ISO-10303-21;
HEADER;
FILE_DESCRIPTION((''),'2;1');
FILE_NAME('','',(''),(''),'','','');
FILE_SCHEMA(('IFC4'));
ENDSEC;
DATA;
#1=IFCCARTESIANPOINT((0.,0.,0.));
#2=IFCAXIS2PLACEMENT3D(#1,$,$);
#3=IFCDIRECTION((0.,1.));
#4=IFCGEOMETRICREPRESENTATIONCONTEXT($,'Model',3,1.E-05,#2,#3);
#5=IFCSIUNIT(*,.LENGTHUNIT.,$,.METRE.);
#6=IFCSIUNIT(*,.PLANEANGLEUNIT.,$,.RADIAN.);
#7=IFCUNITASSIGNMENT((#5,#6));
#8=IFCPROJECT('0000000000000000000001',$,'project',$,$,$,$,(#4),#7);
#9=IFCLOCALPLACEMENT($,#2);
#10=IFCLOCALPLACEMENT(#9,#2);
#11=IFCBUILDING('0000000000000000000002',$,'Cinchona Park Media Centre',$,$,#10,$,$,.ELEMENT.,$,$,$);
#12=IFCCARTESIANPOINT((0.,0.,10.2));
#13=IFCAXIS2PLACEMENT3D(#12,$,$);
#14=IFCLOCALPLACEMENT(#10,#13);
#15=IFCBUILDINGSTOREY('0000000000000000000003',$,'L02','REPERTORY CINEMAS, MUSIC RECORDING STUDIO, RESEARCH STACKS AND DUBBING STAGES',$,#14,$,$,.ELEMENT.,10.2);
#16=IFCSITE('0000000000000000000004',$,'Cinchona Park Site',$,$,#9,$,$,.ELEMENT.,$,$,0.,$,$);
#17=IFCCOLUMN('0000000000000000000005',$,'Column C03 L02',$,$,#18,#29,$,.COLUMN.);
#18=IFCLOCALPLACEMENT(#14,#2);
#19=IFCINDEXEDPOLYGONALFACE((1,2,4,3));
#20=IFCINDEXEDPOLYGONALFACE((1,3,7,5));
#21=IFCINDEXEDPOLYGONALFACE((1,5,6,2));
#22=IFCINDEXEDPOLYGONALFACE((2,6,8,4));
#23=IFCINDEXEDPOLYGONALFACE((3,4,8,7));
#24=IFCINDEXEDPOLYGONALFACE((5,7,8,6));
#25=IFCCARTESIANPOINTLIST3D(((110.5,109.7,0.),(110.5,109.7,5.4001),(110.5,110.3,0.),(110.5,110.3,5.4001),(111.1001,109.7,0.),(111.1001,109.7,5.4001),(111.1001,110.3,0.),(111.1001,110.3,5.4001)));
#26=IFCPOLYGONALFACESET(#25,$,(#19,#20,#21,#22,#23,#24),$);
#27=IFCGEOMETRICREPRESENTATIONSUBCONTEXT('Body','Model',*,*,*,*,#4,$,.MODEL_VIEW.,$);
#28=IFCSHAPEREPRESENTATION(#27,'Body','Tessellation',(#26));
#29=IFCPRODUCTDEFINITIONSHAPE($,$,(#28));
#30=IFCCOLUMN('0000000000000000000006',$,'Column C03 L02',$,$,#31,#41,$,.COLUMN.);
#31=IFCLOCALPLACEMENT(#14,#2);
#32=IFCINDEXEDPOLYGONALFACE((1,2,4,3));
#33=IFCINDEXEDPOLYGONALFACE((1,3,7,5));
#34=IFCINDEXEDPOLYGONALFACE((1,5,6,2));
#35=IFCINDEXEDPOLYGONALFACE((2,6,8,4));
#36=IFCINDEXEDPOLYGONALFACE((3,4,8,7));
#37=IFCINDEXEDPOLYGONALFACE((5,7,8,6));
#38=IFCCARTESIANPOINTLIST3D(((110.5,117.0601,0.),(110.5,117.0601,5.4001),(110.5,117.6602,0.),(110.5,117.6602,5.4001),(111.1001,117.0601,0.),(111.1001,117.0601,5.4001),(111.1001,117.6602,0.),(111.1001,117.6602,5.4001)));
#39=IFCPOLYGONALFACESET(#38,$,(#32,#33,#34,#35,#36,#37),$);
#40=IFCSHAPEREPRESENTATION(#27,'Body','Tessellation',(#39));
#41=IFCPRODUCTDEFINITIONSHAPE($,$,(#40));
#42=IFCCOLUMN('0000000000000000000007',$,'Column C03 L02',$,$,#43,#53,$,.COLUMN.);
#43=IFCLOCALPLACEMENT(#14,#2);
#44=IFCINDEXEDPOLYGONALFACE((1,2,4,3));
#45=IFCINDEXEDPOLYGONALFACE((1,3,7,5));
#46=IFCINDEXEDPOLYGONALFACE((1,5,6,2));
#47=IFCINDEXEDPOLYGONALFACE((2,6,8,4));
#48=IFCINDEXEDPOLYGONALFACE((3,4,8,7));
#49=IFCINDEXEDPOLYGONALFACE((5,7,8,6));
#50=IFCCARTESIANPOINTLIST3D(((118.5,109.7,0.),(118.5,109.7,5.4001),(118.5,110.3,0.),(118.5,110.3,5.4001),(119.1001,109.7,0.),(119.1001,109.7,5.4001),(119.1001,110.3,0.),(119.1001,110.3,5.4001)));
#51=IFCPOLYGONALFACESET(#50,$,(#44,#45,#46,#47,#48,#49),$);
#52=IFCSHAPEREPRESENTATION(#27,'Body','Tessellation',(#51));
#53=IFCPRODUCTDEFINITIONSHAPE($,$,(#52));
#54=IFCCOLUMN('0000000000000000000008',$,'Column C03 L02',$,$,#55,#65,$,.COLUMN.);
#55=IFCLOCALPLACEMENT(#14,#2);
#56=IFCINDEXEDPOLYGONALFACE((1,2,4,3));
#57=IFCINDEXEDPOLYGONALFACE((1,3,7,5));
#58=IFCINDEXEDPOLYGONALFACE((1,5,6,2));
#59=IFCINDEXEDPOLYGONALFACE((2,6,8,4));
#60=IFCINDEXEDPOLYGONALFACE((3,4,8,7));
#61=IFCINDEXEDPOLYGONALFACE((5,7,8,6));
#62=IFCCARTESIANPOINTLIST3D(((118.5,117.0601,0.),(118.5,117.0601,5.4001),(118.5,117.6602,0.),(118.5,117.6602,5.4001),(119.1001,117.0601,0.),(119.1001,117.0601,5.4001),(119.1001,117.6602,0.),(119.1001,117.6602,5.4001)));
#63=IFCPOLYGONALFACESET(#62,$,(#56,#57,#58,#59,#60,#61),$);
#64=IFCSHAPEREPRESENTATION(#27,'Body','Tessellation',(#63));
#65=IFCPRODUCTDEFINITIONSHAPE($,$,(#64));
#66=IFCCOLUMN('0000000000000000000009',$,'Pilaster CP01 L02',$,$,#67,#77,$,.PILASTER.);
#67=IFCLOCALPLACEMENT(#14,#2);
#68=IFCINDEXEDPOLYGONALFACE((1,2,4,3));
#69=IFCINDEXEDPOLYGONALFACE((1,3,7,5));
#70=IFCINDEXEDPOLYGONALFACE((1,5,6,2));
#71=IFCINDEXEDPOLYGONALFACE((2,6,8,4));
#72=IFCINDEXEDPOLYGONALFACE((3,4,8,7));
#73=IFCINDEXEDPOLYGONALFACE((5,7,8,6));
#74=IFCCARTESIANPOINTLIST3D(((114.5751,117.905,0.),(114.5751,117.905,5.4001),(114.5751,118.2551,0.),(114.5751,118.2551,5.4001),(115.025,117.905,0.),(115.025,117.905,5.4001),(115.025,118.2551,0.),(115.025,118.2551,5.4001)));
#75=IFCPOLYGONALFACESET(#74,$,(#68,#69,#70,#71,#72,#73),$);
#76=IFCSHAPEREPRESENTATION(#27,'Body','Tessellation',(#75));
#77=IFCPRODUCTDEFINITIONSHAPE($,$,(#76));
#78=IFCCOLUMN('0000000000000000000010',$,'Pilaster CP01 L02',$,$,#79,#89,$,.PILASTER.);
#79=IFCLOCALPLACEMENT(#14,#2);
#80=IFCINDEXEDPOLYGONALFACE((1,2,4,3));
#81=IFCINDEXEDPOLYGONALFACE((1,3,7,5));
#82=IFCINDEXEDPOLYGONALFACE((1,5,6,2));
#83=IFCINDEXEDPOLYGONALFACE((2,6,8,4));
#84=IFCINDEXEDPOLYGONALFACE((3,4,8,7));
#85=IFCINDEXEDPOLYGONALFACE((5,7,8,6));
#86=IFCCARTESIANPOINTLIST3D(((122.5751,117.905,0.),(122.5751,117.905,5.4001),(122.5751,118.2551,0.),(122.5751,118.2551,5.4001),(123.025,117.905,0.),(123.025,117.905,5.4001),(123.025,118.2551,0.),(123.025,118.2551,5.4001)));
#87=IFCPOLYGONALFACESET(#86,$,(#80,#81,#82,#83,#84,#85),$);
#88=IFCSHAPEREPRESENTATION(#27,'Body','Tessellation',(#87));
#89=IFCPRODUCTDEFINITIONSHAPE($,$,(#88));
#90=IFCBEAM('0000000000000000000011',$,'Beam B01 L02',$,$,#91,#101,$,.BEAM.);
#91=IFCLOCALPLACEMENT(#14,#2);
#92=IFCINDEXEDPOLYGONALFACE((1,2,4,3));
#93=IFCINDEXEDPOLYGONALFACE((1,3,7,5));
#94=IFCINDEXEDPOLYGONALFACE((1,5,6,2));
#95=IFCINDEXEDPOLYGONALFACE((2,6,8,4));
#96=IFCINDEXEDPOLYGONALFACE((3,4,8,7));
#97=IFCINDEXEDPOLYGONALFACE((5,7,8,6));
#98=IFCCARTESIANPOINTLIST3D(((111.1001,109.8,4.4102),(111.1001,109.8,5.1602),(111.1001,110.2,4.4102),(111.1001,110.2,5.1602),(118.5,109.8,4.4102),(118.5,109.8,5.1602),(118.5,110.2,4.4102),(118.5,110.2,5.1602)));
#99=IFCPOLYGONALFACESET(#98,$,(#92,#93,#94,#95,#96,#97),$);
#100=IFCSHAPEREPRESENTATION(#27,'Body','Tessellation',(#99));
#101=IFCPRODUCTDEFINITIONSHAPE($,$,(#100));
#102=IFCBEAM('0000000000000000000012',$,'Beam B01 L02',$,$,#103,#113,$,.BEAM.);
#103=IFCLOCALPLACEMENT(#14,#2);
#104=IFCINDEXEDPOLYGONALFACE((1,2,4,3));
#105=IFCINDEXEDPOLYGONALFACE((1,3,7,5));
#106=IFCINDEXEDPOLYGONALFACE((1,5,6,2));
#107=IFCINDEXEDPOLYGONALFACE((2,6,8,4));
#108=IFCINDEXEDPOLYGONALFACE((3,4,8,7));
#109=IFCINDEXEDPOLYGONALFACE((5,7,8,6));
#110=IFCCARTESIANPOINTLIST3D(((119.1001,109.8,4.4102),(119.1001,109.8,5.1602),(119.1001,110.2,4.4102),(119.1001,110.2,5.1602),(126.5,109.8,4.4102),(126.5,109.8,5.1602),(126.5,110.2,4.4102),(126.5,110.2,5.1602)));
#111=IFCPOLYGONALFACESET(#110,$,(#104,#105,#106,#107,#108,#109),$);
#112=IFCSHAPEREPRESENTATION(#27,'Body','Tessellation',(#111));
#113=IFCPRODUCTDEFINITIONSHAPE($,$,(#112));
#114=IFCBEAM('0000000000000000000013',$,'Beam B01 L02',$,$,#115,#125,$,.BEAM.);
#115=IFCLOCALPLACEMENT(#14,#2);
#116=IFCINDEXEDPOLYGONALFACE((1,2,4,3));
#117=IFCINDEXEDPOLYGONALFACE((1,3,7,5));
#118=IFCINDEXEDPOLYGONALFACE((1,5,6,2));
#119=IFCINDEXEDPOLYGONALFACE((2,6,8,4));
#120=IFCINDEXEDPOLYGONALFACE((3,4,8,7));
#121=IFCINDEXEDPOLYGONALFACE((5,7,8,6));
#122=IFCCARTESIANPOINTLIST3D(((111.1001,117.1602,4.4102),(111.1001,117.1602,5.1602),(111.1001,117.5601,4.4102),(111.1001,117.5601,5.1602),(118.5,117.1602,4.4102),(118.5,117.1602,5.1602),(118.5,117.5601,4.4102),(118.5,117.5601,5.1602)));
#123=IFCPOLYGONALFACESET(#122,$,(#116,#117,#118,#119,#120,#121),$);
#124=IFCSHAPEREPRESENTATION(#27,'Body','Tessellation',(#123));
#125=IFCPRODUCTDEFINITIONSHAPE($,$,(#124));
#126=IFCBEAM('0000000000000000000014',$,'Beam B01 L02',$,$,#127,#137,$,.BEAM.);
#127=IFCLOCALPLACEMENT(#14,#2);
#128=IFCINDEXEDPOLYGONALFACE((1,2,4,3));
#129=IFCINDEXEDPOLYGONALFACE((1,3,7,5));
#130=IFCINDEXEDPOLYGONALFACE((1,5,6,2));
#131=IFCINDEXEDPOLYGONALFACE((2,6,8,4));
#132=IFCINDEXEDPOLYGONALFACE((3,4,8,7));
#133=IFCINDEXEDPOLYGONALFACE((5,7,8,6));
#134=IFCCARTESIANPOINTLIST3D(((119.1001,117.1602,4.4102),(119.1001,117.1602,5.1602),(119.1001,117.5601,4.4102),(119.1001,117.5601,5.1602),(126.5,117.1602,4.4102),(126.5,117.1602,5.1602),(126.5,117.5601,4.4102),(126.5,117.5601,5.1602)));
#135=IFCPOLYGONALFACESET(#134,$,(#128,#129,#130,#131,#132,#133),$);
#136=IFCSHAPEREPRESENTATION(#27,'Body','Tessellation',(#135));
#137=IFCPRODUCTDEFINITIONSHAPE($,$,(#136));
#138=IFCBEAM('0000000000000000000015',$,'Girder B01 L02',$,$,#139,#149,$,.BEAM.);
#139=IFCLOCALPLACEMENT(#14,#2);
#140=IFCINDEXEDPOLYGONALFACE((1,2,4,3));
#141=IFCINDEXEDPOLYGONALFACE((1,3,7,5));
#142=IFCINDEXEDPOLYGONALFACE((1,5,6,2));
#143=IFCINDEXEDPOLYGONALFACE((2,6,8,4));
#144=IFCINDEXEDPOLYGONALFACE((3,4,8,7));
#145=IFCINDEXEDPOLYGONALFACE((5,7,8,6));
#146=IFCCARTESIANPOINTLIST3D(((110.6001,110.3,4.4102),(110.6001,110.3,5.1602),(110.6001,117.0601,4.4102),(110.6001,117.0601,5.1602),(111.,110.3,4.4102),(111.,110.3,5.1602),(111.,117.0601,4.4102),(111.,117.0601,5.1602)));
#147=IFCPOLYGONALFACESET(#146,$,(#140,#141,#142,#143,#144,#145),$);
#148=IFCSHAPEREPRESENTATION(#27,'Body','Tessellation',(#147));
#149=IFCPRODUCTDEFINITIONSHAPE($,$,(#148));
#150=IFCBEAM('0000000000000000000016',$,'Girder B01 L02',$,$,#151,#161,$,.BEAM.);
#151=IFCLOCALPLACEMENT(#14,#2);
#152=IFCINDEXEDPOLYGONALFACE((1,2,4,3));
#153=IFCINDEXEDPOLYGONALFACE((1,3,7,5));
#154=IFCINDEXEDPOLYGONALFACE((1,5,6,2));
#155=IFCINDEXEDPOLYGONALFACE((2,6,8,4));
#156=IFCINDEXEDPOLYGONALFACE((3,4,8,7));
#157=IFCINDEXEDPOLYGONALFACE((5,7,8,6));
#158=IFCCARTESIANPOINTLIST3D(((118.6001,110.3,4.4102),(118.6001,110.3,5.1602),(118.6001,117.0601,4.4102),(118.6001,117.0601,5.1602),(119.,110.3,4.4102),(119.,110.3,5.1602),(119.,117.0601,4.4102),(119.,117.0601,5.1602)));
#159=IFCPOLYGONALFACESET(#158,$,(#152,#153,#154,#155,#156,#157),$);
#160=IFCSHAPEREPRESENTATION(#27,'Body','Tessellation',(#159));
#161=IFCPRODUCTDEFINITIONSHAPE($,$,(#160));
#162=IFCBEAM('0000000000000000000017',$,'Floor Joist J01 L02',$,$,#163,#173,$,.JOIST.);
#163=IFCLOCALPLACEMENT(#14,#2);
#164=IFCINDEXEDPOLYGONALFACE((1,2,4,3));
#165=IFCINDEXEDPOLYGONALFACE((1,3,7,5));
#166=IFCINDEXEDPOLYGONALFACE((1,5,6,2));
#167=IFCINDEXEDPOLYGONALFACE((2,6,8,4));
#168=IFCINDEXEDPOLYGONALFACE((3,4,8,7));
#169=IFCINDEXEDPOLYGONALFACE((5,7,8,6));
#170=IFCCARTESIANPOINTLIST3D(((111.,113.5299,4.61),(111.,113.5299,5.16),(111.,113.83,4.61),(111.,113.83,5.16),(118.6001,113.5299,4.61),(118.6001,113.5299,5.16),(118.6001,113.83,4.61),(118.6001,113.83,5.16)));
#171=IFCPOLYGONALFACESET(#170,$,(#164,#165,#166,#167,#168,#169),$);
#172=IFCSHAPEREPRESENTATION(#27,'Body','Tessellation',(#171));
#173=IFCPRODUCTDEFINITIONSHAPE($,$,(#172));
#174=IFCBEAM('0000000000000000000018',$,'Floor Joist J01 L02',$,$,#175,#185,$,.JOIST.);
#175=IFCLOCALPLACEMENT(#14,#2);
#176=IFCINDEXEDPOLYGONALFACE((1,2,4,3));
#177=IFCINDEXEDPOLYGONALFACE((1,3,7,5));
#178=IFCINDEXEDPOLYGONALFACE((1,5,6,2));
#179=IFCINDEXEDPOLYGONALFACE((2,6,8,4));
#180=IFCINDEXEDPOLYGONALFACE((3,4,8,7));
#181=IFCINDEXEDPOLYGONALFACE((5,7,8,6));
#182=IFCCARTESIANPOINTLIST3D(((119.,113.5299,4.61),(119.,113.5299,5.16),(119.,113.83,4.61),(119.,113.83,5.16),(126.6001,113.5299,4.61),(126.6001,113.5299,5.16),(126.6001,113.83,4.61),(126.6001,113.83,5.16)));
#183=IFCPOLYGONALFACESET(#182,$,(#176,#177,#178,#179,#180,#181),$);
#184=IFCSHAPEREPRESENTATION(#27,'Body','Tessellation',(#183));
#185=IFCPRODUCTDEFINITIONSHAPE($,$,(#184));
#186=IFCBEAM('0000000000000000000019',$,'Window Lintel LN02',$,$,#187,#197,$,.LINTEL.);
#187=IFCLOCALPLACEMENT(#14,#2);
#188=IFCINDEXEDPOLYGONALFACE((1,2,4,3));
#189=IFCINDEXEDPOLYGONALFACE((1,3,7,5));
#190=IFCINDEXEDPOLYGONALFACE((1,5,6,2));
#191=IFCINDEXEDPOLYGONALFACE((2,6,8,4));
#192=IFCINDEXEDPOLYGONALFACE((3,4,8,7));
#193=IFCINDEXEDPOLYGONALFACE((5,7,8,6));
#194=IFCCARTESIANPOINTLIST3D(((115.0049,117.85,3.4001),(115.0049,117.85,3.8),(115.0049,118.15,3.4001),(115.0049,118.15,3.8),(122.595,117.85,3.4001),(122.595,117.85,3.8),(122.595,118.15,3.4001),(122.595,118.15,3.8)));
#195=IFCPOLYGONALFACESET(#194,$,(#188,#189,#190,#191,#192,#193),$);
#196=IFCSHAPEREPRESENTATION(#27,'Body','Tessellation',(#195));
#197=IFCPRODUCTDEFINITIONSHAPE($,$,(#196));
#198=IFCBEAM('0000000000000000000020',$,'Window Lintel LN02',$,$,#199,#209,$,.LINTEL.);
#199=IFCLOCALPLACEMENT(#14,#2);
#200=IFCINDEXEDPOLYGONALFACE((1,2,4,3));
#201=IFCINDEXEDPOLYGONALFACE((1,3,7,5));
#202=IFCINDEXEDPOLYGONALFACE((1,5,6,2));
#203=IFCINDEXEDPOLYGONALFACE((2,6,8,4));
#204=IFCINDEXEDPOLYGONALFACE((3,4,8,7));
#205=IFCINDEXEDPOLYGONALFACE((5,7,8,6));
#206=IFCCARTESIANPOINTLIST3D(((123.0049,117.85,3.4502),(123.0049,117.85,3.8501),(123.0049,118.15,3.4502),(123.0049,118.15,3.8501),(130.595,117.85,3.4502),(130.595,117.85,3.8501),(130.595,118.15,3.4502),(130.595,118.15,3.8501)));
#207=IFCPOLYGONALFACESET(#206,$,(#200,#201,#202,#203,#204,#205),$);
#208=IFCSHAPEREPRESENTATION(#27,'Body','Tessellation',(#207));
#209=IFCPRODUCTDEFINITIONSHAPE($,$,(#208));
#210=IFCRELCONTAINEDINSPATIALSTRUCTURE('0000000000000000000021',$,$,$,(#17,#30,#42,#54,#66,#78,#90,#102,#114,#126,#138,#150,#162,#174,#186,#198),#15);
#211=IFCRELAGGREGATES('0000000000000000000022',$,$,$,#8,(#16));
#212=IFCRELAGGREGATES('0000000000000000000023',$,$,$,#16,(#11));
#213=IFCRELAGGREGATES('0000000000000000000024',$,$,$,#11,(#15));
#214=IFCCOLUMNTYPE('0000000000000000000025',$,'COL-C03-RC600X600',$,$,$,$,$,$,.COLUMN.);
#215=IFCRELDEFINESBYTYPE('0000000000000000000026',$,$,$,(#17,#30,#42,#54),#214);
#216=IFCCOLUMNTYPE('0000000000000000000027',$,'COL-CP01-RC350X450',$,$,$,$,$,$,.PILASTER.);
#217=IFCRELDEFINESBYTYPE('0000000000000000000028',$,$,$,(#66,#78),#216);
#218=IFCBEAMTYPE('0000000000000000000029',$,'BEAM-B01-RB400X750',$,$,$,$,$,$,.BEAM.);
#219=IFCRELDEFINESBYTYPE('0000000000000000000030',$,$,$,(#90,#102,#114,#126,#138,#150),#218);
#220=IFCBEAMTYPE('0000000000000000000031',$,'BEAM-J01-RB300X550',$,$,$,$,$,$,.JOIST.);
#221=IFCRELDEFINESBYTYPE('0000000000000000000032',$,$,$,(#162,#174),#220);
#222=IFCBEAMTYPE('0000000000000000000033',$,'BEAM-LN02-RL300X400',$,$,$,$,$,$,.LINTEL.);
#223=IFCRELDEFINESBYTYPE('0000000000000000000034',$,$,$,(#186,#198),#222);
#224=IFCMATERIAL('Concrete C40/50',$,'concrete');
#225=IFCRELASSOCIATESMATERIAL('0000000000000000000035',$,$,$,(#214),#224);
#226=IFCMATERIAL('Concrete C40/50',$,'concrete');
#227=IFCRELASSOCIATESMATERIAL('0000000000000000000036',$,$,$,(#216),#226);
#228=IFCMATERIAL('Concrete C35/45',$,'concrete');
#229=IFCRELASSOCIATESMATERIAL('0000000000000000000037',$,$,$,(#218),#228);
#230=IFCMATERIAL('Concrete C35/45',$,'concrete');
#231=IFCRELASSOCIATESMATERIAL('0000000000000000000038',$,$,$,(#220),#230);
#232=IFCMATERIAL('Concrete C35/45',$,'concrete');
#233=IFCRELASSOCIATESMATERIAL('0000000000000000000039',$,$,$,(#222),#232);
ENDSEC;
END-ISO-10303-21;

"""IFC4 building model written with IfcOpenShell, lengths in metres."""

from ifc_helpers import new_model, si_unit, direction, frame, origin, origin_2d, place, context, subcontext, project, spatial, rectangle, extrude, material, material_profile, profile_set, type_object, element, save


model = new_model("IFC4")

# Units and contexts
model_context = context("Model", 3, precision=1e-05, world=origin(), true_north=direction((0.0, 1.0)))
body_context = subcontext(model_context, "Body", "Model", "MODEL_VIEW")
ifc_project = project(units=[si_unit("LENGTHUNIT", "METRE"), si_unit("PLANEANGLEUNIT", "RADIAN")], contexts=[model_context])

# Site, building, storey
site_placement = place(None, origin())
site = spatial("IfcSite", under=ifc_project, at=site_placement, Name="Cinchona Park Site", CompositionType="ELEMENT", RefElevation=0.0)
building_placement = place(site_placement, origin())
building = spatial("IfcBuilding", under=site, at=building_placement, Name="Cinchona Park Media Centre", CompositionType="ELEMENT")
storey_placement = place(building_placement, frame((0.0, 0.0, 10.2)))
storey = spatial("IfcBuildingStorey", under=building, at=storey_placement, Name="L02", Description="REPERTORY CINEMAS, MUSIC RECORDING STUDIO, RESEARCH STACKS AND DUBBING STAGES", CompositionType="ELEMENT", Elevation=10.2)

# Columns
ifc_material_1 = material(Name="Concrete C40/50", Category="concrete")
ifc_material_profile_1 = material_profile(ifc_material_1, rectangle(XDim=0.6001, YDim=0.6001, at=origin_2d()), Name="RC 600X600")
ifc_profile_set_1 = profile_set([ifc_material_profile_1], Name="Concrete C40/50")
column_type_1 = type_object("IfcColumnType", Name="COL-C03-RC600X600", PredefinedType="COLUMN", material=ifc_profile_set_1)
for number, where, z_axis, x_axis, name in (
    (1, (110.8, 110.0, 0.0), (0.0, 0.0, 1.0), (1.0, 0.0, 0.0), "Column C03 L02"),
    (2, (110.8, 117.3601, 0.0), (0.0, 0.0, 1.0), (1.0, 0.0, 0.0), "Column C03 L02"),
    (3, (118.8, 110.0, 0.0), (0.0, 0.0, 1.0), (1.0, 0.0, 0.0), "Column C03 L02"),
    (4, (118.8, 117.3601, 0.0), (0.0, 0.0, 1.0), (1.0, 0.0, 0.0), "Column C03 L02"),
):
    element("IfcColumn", number, at=place(storey_placement, frame(where, z_axis=z_axis, x_axis=x_axis)), inside=storey, type_object=column_type_1, Name=name, PredefinedType="COLUMN", context=body_context, shape_type="SweptSolid", body=[
        extrude(rectangle(XDim=0.6001, YDim=0.6001, at=origin_2d()), origin(), (0.0, 0.0, 1.0), 5.4001),
    ])
ifc_material_2 = material(Name="Concrete C40/50", Category="concrete")
ifc_material_profile_2 = material_profile(ifc_material_2, rectangle(XDim=0.3501, YDim=0.45, at=origin_2d()), Name="RC 350X450")
ifc_profile_set_2 = profile_set([ifc_material_profile_2], Name="Concrete C40/50")
column_type_2 = type_object("IfcColumnType", Name="COL-CP01-RC350X450", PredefinedType="PILASTER", material=ifc_profile_set_2)
for number, where, z_axis, x_axis, name in (
    (5, (114.8, 118.0801, 0.0), (0.0, 0.0, 1.0), (0.0, 1.0, 0.0), "Pilaster CP01 L02"),
    (6, (122.8, 118.0801, 0.0), (0.0, 0.0, 1.0), (0.0, 1.0, 0.0), "Pilaster CP01 L02"),
):
    element("IfcColumn", number, at=place(storey_placement, frame(where, z_axis=z_axis, x_axis=x_axis)), inside=storey, type_object=column_type_2, Name=name, PredefinedType="PILASTER", context=body_context, shape_type="SweptSolid", body=[
        extrude(rectangle(XDim=0.3501, YDim=0.45, at=origin_2d()), origin(), (0.0, 0.0, 1.0), 5.4001),
    ])

# Beams
ifc_material_3 = material(Name="Concrete C35/45", Category="concrete")
ifc_material_profile_3 = material_profile(ifc_material_3, rectangle(XDim=0.3999, YDim=0.75, at=origin_2d()), Name="RB 400X750")
ifc_profile_set_3 = profile_set([ifc_material_profile_3], Name="Concrete C35/45")
beam_type_1 = type_object("IfcBeamType", Name="BEAM-B01-RB400X750", PredefinedType="BEAM", material=ifc_profile_set_3)
for number, where, z_axis, x_axis, name in (
    (7, (111.1001, 110.0, 4.7852), (1.0, 0.0, 0.0), (0.0, 1.0, 0.0), "Beam B01 L02"),
    (8, (119.1001, 110.0, 4.7852), (1.0, 0.0, 0.0), (0.0, 1.0, 0.0), "Beam B01 L02"),
    (9, (111.1001, 117.3601, 4.7852), (1.0, 0.0, 0.0), (0.0, 1.0, 0.0), "Beam B01 L02"),
    (10, (119.1001, 117.3601, 4.7852), (1.0, 0.0, 0.0), (0.0, 1.0, 0.0), "Beam B01 L02"),
):
    element("IfcBeam", number, at=place(storey_placement, frame(where, z_axis=z_axis, x_axis=x_axis)), inside=storey, type_object=beam_type_1, Name=name, PredefinedType="BEAM", context=body_context, shape_type="SweptSolid", body=[
        extrude(rectangle(XDim=0.3999, YDim=0.75, at=origin_2d()), origin(), (0.0, 0.0, 1.0), 7.3999),
    ])
for number, where, z_axis, x_axis, name in (
    (11, (110.8, 110.3, 4.7852), (0.0, 1.0, 0.0), (-1.0, 0.0, 0.0), "Girder B01 L02"),
    (12, (118.8, 110.3, 4.7852), (0.0, 1.0, 0.0), (-1.0, 0.0, 0.0), "Girder B01 L02"),
):
    element("IfcBeam", number, at=place(storey_placement, frame(where, z_axis=z_axis, x_axis=x_axis)), inside=storey, type_object=beam_type_1, Name=name, PredefinedType="BEAM", context=body_context, shape_type="SweptSolid", body=[
        extrude(rectangle(XDim=0.3999, YDim=0.75, at=origin_2d()), origin(), (0.0, 0.0, 1.0), 6.76),
    ])
ifc_material_4 = material(Name="Concrete C35/45", Category="concrete")
ifc_material_profile_4 = material_profile(ifc_material_4, rectangle(XDim=0.3, YDim=0.55, at=origin_2d()), Name="RB 300X550")
ifc_profile_set_4 = profile_set([ifc_material_profile_4], Name="Concrete C35/45")
beam_type_2 = type_object("IfcBeamType", Name="BEAM-J01-RB300X550", PredefinedType="JOIST", material=ifc_profile_set_4)
for number, where, z_axis, x_axis, name in (
    (13, (111.0, 113.6799, 4.885), (1.0, 0.0, 0.0), (0.0, 1.0, 0.0), "Floor Joist J01 L02"),
    (14, (119.0, 113.6799, 4.885), (1.0, 0.0, 0.0), (0.0, 1.0, 0.0), "Floor Joist J01 L02"),
):
    element("IfcBeam", number, at=place(storey_placement, frame(where, z_axis=z_axis, x_axis=x_axis)), inside=storey, type_object=beam_type_2, Name=name, PredefinedType="JOIST", context=body_context, shape_type="SweptSolid", body=[
        extrude(rectangle(XDim=0.3, YDim=0.55, at=origin_2d()), origin(), (0.0, 0.0, 1.0), 7.6001),
    ])
ifc_material_5 = material(Name="Concrete C35/45", Category="concrete")
ifc_material_profile_5 = material_profile(ifc_material_5, rectangle(XDim=0.3, YDim=0.3999, at=origin_2d()), Name="RL 300X400")
ifc_profile_set_5 = profile_set([ifc_material_profile_5], Name="Concrete C35/45")
beam_type_3 = type_object("IfcBeamType", Name="BEAM-LN02-RL300X400", PredefinedType="LINTEL", material=ifc_profile_set_5)
for number, where, z_axis, x_axis, name in (
    (15, (115.0049, 118.0, 3.6001), (1.0, 0.0, 0.0), (0.0, 1.0, 0.0), "Window Lintel LN02"),
    (16, (123.0049, 118.0, 3.6501), (1.0, 0.0, 0.0), (0.0, 1.0, 0.0), "Window Lintel LN02"),
):
    element("IfcBeam", number, at=place(storey_placement, frame(where, z_axis=z_axis, x_axis=x_axis)), inside=storey, type_object=beam_type_3, Name=name, PredefinedType="LINTEL", context=body_context, shape_type="SweptSolid", body=[
        extrude(rectangle(XDim=0.3, YDim=0.3999, at=origin_2d()), origin(), (0.0, 0.0, 1.0), 7.5901),
    ])

save(model, "model.ifc")
